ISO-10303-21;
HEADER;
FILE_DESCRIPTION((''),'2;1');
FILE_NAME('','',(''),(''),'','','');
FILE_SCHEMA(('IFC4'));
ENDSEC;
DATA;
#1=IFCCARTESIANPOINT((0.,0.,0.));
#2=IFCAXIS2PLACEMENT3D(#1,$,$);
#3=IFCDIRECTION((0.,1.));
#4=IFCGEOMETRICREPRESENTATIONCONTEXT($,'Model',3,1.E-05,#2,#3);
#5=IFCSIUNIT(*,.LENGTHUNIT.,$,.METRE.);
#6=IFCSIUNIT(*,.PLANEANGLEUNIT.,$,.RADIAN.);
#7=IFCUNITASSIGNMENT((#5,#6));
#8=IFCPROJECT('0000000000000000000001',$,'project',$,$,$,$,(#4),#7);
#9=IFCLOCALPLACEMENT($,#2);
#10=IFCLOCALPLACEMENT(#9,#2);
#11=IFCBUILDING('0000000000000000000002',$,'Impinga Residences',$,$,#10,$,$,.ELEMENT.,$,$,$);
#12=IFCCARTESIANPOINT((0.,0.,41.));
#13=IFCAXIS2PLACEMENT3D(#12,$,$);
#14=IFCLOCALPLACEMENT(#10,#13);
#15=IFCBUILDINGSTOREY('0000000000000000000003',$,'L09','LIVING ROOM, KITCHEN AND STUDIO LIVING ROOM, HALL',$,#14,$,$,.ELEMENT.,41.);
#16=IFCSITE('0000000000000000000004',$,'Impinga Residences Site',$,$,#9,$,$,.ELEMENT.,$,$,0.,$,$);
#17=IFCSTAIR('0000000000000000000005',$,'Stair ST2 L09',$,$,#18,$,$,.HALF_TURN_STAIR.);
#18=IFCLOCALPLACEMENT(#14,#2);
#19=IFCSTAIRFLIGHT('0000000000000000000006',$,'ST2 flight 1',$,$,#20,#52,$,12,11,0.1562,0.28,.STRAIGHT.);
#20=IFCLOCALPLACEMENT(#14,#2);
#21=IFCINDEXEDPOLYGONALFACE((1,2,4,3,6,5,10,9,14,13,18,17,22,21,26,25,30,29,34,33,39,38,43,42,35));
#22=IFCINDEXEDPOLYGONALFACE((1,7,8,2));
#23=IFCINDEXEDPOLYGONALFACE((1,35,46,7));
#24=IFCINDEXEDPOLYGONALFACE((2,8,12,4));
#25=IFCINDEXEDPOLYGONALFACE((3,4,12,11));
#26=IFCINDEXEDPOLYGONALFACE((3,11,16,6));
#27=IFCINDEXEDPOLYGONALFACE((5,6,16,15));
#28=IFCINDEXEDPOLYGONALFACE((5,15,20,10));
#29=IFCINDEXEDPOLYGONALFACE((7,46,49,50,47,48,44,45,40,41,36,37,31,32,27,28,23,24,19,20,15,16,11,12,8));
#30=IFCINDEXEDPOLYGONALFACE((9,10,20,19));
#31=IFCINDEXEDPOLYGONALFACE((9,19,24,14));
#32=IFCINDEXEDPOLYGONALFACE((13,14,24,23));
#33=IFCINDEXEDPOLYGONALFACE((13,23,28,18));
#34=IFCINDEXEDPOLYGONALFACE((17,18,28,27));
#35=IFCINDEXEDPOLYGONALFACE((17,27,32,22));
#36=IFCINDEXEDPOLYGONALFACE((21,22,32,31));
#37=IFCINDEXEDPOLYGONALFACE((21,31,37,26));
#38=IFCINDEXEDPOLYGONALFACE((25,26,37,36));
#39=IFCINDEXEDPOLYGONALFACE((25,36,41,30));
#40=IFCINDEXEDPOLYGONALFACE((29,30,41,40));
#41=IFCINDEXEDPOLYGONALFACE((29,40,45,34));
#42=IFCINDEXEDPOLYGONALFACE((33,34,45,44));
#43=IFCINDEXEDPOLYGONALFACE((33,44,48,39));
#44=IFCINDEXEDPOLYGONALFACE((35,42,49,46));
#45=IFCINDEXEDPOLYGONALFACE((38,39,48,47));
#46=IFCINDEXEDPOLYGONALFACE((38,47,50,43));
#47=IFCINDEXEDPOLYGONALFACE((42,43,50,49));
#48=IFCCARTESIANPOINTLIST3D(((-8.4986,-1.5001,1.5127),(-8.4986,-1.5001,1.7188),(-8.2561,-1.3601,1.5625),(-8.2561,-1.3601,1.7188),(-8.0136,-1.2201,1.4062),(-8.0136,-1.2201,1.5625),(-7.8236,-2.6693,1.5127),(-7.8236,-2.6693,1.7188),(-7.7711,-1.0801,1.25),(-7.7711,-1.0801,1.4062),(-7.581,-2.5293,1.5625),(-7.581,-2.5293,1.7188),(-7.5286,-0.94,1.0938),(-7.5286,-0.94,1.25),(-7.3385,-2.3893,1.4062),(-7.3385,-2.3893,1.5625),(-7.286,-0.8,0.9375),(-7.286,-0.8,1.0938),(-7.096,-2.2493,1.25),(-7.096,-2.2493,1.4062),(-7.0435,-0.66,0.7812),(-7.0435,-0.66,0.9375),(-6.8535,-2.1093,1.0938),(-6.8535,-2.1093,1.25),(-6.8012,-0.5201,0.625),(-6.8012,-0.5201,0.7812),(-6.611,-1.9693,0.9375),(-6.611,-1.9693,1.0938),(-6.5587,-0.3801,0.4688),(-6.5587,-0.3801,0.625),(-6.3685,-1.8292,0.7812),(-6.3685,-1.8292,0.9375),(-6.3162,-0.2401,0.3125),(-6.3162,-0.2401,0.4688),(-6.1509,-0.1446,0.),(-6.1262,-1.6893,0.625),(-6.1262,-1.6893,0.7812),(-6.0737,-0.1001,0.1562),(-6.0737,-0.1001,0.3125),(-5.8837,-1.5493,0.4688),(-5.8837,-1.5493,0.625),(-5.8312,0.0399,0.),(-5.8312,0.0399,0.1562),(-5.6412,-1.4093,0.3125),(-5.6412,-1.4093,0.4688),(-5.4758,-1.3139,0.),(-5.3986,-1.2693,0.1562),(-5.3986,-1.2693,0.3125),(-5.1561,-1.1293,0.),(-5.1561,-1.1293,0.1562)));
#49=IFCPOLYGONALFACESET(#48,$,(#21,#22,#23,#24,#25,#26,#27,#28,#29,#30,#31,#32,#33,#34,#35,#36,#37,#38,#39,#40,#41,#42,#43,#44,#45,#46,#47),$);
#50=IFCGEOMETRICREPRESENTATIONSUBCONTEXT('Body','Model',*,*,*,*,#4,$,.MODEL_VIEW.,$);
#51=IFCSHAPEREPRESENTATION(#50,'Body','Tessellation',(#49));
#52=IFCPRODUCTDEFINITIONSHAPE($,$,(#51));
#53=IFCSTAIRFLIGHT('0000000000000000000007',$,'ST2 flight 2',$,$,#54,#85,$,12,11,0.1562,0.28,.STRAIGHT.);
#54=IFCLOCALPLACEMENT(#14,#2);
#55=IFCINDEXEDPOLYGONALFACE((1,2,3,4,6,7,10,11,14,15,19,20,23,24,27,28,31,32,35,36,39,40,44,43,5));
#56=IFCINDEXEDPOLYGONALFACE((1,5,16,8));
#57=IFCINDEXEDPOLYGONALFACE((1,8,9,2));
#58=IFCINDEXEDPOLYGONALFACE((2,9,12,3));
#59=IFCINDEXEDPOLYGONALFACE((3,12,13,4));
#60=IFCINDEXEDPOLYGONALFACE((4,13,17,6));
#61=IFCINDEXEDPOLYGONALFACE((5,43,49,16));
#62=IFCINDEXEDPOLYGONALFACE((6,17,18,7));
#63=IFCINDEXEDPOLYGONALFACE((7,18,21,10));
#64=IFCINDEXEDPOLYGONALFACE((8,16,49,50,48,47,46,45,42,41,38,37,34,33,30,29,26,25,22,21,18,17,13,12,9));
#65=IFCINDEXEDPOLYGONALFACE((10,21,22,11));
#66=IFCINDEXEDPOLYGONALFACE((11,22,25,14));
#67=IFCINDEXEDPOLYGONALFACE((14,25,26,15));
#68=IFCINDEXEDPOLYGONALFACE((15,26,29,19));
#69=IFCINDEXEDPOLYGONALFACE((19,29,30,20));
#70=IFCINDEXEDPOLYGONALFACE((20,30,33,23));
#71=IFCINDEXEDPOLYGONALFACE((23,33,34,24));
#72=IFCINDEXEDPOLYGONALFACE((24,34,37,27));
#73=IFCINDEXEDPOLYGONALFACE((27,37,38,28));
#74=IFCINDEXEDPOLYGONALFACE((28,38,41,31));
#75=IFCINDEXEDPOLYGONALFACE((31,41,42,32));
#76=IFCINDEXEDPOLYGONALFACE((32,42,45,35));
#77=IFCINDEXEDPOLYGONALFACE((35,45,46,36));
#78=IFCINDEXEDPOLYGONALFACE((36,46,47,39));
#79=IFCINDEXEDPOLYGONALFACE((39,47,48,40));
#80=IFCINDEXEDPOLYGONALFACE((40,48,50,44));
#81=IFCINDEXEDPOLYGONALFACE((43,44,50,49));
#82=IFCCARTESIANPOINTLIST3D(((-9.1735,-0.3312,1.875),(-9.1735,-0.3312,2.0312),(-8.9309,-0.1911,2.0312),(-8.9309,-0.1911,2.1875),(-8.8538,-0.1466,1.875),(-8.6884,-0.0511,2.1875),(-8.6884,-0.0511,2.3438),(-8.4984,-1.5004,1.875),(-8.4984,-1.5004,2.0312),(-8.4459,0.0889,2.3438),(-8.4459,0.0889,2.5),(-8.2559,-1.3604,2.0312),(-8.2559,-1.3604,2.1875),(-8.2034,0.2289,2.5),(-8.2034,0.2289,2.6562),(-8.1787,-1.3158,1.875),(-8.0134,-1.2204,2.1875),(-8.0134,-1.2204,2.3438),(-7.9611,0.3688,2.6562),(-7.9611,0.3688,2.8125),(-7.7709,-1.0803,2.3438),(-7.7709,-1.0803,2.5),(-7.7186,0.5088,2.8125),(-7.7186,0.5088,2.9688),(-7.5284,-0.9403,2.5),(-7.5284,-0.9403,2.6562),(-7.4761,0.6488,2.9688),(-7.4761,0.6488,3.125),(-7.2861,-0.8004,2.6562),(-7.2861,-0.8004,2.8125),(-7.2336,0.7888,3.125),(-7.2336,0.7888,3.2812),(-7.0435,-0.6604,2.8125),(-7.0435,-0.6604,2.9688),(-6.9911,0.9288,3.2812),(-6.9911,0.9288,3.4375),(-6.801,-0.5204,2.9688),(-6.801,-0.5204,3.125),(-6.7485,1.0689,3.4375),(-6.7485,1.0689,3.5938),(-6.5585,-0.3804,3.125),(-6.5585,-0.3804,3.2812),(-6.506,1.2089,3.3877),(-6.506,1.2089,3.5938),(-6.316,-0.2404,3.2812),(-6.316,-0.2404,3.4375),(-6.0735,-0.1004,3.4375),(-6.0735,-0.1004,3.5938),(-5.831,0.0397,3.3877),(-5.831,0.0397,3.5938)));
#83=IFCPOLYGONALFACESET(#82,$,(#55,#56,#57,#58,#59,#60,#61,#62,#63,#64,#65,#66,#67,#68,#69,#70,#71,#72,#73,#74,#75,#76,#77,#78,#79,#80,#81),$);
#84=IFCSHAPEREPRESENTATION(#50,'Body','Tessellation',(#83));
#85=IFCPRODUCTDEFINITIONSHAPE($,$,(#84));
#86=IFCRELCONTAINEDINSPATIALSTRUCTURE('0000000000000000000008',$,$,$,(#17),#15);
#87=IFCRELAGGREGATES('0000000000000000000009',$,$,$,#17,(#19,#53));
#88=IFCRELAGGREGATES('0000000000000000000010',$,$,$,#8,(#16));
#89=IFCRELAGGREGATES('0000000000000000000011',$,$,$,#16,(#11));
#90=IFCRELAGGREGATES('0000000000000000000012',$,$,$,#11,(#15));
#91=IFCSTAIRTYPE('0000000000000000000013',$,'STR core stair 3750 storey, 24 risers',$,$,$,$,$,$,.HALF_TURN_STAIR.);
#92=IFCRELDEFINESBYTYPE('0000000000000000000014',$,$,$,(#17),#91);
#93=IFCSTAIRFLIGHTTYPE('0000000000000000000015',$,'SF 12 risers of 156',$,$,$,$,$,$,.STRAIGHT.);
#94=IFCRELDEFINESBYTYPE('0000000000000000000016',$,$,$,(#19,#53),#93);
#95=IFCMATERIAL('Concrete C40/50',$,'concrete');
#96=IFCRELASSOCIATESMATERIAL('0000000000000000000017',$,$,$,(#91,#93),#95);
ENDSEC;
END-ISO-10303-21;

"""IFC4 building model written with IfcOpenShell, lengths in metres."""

from ifc_helpers import new_model, si_unit, direction, frame, origin, place, context, subcontext, project, spatial, polyline, outline, extrude, material, type_object, element, aggregate, save


model = new_model("IFC4")

# Units and contexts
model_context = context("Model", 3, precision=1e-05, world=origin(), true_north=direction((0.0, 1.0)))
body_context = subcontext(model_context, "Body", "Model", "MODEL_VIEW")
ifc_project = project(units=[si_unit("LENGTHUNIT", "METRE"), si_unit("PLANEANGLEUNIT", "RADIAN")], contexts=[model_context])

# Site, building, storey
site_placement = place(None, origin())
site = spatial("IfcSite", under=ifc_project, at=site_placement, Name="Impinga Residences Site", CompositionType="ELEMENT", RefElevation=0.0)
building_placement = place(site_placement, origin())
building = spatial("IfcBuilding", under=site, at=building_placement, Name="Impinga Residences", CompositionType="ELEMENT")
storey_placement = place(building_placement, frame((0.0, 0.0, 41.0)))
storey = spatial("IfcBuildingStorey", under=building, at=storey_placement, Name="L09", Description="LIVING ROOM, KITCHEN AND STUDIO LIVING ROOM, HALL", CompositionType="ELEMENT", Elevation=41.0)

# Stair, stair flights
ifc_material_1 = material(Name="Concrete C40/50", Category="concrete")
stair_type = type_object("IfcStairType", Name="STR core stair 3750 storey, 24 risers", PredefinedType="HALF_TURN_STAIR", material=ifc_material_1)
stair_placement = place(storey_placement, origin())
stair = element("IfcStair", 1, at=stair_placement, inside=storey, type_object=stair_type, Name="Stair ST2 L09", PredefinedType="HALF_TURN_STAIR")
stair_flight_type = type_object("IfcStairFlightType", Name="SF 12 risers of 156", PredefinedType="STRAIGHT", material=ifc_material_1)
stair_flight_1_placement = place(storey_placement, frame((-5.4937, -0.5447, 0.0), z_axis=(0.0, 0.0, 1.0), x_axis=(-0.866025, -0.5, 0.0)))
stair_flight_1 = element("IfcStairFlight", 2, at=stair_flight_1_placement, type_object=stair_flight_type, Name="ST2 flight 1", NumberOfRisers=12, NumberOfTreads=11, PredefinedType="STRAIGHT", RiserHeight=0.1562, TreadLength=0.28, context=body_context, shape_type="SweptSolid", body=[
    extrude(outline(polyline([(0.0, 0.0), (0.0, 0.1562), (0.28, 0.1562), (0.28, 0.3125), (0.5601, 0.3125), (0.5601, 0.4688), (0.8401, 0.4688), (0.8401, 0.625), (1.1201, 0.625), (1.1201, 0.7812), (1.3999, 0.7812), (1.3999, 0.9375), (1.6799, 0.9375), (1.6799, 1.0938), (1.96, 1.0938), (1.96, 1.25), (2.24, 1.25), (2.24, 1.4062), (2.52, 1.4062), (2.52, 1.5625), (2.8, 1.5625), (2.8, 1.7188), (3.0801, 1.7188), (3.0801, 1.875), (3.0801, 1.5127), (0.3691, 0.0), (0.0, 0.0)])), frame((0.0, 0.675, 0.0), z_axis=(0.0, -1.0, 0.0), x_axis=(1.0, 0.0, 0.0)), (0.0, 0.0, 1.0), 1.3501),
])
stair_flight_2_placement = place(storey_placement, frame((-8.8359, -0.9158, 1.875), z_axis=(0.0, 0.0, 1.0), x_axis=(0.866025, 0.5, 0.0)))
stair_flight_2 = element("IfcStairFlight", 3, at=stair_flight_2_placement, type_object=stair_flight_type, Name="ST2 flight 2", NumberOfRisers=12, NumberOfTreads=11, PredefinedType="STRAIGHT", RiserHeight=0.1562, TreadLength=0.28, context=body_context, shape_type="SweptSolid", body=[
    extrude(outline(polyline([(0.0, 0.0), (0.0, 0.1562), (0.28, 0.1562), (0.28, 0.3125), (0.5601, 0.3125), (0.5601, 0.4688), (0.8401, 0.4688), (0.8401, 0.625), (1.1201, 0.625), (1.1201, 0.7812), (1.3999, 0.7812), (1.3999, 0.9375), (1.6799, 0.9375), (1.6799, 1.0938), (1.96, 1.0938), (1.96, 1.25), (2.24, 1.25), (2.24, 1.4062), (2.52, 1.4062), (2.52, 1.5625), (2.8, 1.5625), (2.8, 1.7188), (3.0801, 1.7188), (3.0801, 1.875), (3.0801, 1.5127), (0.3691, 0.0), (0.0, 0.0)])), frame((0.0, 0.675, 0.0), z_axis=(0.0, -1.0, 0.0), x_axis=(1.0, 0.0, 0.0)), (0.0, 0.0, 1.0), 1.3501),
])
aggregate(stair, [stair_flight_1, stair_flight_2])

save(model, "model.ifc")
